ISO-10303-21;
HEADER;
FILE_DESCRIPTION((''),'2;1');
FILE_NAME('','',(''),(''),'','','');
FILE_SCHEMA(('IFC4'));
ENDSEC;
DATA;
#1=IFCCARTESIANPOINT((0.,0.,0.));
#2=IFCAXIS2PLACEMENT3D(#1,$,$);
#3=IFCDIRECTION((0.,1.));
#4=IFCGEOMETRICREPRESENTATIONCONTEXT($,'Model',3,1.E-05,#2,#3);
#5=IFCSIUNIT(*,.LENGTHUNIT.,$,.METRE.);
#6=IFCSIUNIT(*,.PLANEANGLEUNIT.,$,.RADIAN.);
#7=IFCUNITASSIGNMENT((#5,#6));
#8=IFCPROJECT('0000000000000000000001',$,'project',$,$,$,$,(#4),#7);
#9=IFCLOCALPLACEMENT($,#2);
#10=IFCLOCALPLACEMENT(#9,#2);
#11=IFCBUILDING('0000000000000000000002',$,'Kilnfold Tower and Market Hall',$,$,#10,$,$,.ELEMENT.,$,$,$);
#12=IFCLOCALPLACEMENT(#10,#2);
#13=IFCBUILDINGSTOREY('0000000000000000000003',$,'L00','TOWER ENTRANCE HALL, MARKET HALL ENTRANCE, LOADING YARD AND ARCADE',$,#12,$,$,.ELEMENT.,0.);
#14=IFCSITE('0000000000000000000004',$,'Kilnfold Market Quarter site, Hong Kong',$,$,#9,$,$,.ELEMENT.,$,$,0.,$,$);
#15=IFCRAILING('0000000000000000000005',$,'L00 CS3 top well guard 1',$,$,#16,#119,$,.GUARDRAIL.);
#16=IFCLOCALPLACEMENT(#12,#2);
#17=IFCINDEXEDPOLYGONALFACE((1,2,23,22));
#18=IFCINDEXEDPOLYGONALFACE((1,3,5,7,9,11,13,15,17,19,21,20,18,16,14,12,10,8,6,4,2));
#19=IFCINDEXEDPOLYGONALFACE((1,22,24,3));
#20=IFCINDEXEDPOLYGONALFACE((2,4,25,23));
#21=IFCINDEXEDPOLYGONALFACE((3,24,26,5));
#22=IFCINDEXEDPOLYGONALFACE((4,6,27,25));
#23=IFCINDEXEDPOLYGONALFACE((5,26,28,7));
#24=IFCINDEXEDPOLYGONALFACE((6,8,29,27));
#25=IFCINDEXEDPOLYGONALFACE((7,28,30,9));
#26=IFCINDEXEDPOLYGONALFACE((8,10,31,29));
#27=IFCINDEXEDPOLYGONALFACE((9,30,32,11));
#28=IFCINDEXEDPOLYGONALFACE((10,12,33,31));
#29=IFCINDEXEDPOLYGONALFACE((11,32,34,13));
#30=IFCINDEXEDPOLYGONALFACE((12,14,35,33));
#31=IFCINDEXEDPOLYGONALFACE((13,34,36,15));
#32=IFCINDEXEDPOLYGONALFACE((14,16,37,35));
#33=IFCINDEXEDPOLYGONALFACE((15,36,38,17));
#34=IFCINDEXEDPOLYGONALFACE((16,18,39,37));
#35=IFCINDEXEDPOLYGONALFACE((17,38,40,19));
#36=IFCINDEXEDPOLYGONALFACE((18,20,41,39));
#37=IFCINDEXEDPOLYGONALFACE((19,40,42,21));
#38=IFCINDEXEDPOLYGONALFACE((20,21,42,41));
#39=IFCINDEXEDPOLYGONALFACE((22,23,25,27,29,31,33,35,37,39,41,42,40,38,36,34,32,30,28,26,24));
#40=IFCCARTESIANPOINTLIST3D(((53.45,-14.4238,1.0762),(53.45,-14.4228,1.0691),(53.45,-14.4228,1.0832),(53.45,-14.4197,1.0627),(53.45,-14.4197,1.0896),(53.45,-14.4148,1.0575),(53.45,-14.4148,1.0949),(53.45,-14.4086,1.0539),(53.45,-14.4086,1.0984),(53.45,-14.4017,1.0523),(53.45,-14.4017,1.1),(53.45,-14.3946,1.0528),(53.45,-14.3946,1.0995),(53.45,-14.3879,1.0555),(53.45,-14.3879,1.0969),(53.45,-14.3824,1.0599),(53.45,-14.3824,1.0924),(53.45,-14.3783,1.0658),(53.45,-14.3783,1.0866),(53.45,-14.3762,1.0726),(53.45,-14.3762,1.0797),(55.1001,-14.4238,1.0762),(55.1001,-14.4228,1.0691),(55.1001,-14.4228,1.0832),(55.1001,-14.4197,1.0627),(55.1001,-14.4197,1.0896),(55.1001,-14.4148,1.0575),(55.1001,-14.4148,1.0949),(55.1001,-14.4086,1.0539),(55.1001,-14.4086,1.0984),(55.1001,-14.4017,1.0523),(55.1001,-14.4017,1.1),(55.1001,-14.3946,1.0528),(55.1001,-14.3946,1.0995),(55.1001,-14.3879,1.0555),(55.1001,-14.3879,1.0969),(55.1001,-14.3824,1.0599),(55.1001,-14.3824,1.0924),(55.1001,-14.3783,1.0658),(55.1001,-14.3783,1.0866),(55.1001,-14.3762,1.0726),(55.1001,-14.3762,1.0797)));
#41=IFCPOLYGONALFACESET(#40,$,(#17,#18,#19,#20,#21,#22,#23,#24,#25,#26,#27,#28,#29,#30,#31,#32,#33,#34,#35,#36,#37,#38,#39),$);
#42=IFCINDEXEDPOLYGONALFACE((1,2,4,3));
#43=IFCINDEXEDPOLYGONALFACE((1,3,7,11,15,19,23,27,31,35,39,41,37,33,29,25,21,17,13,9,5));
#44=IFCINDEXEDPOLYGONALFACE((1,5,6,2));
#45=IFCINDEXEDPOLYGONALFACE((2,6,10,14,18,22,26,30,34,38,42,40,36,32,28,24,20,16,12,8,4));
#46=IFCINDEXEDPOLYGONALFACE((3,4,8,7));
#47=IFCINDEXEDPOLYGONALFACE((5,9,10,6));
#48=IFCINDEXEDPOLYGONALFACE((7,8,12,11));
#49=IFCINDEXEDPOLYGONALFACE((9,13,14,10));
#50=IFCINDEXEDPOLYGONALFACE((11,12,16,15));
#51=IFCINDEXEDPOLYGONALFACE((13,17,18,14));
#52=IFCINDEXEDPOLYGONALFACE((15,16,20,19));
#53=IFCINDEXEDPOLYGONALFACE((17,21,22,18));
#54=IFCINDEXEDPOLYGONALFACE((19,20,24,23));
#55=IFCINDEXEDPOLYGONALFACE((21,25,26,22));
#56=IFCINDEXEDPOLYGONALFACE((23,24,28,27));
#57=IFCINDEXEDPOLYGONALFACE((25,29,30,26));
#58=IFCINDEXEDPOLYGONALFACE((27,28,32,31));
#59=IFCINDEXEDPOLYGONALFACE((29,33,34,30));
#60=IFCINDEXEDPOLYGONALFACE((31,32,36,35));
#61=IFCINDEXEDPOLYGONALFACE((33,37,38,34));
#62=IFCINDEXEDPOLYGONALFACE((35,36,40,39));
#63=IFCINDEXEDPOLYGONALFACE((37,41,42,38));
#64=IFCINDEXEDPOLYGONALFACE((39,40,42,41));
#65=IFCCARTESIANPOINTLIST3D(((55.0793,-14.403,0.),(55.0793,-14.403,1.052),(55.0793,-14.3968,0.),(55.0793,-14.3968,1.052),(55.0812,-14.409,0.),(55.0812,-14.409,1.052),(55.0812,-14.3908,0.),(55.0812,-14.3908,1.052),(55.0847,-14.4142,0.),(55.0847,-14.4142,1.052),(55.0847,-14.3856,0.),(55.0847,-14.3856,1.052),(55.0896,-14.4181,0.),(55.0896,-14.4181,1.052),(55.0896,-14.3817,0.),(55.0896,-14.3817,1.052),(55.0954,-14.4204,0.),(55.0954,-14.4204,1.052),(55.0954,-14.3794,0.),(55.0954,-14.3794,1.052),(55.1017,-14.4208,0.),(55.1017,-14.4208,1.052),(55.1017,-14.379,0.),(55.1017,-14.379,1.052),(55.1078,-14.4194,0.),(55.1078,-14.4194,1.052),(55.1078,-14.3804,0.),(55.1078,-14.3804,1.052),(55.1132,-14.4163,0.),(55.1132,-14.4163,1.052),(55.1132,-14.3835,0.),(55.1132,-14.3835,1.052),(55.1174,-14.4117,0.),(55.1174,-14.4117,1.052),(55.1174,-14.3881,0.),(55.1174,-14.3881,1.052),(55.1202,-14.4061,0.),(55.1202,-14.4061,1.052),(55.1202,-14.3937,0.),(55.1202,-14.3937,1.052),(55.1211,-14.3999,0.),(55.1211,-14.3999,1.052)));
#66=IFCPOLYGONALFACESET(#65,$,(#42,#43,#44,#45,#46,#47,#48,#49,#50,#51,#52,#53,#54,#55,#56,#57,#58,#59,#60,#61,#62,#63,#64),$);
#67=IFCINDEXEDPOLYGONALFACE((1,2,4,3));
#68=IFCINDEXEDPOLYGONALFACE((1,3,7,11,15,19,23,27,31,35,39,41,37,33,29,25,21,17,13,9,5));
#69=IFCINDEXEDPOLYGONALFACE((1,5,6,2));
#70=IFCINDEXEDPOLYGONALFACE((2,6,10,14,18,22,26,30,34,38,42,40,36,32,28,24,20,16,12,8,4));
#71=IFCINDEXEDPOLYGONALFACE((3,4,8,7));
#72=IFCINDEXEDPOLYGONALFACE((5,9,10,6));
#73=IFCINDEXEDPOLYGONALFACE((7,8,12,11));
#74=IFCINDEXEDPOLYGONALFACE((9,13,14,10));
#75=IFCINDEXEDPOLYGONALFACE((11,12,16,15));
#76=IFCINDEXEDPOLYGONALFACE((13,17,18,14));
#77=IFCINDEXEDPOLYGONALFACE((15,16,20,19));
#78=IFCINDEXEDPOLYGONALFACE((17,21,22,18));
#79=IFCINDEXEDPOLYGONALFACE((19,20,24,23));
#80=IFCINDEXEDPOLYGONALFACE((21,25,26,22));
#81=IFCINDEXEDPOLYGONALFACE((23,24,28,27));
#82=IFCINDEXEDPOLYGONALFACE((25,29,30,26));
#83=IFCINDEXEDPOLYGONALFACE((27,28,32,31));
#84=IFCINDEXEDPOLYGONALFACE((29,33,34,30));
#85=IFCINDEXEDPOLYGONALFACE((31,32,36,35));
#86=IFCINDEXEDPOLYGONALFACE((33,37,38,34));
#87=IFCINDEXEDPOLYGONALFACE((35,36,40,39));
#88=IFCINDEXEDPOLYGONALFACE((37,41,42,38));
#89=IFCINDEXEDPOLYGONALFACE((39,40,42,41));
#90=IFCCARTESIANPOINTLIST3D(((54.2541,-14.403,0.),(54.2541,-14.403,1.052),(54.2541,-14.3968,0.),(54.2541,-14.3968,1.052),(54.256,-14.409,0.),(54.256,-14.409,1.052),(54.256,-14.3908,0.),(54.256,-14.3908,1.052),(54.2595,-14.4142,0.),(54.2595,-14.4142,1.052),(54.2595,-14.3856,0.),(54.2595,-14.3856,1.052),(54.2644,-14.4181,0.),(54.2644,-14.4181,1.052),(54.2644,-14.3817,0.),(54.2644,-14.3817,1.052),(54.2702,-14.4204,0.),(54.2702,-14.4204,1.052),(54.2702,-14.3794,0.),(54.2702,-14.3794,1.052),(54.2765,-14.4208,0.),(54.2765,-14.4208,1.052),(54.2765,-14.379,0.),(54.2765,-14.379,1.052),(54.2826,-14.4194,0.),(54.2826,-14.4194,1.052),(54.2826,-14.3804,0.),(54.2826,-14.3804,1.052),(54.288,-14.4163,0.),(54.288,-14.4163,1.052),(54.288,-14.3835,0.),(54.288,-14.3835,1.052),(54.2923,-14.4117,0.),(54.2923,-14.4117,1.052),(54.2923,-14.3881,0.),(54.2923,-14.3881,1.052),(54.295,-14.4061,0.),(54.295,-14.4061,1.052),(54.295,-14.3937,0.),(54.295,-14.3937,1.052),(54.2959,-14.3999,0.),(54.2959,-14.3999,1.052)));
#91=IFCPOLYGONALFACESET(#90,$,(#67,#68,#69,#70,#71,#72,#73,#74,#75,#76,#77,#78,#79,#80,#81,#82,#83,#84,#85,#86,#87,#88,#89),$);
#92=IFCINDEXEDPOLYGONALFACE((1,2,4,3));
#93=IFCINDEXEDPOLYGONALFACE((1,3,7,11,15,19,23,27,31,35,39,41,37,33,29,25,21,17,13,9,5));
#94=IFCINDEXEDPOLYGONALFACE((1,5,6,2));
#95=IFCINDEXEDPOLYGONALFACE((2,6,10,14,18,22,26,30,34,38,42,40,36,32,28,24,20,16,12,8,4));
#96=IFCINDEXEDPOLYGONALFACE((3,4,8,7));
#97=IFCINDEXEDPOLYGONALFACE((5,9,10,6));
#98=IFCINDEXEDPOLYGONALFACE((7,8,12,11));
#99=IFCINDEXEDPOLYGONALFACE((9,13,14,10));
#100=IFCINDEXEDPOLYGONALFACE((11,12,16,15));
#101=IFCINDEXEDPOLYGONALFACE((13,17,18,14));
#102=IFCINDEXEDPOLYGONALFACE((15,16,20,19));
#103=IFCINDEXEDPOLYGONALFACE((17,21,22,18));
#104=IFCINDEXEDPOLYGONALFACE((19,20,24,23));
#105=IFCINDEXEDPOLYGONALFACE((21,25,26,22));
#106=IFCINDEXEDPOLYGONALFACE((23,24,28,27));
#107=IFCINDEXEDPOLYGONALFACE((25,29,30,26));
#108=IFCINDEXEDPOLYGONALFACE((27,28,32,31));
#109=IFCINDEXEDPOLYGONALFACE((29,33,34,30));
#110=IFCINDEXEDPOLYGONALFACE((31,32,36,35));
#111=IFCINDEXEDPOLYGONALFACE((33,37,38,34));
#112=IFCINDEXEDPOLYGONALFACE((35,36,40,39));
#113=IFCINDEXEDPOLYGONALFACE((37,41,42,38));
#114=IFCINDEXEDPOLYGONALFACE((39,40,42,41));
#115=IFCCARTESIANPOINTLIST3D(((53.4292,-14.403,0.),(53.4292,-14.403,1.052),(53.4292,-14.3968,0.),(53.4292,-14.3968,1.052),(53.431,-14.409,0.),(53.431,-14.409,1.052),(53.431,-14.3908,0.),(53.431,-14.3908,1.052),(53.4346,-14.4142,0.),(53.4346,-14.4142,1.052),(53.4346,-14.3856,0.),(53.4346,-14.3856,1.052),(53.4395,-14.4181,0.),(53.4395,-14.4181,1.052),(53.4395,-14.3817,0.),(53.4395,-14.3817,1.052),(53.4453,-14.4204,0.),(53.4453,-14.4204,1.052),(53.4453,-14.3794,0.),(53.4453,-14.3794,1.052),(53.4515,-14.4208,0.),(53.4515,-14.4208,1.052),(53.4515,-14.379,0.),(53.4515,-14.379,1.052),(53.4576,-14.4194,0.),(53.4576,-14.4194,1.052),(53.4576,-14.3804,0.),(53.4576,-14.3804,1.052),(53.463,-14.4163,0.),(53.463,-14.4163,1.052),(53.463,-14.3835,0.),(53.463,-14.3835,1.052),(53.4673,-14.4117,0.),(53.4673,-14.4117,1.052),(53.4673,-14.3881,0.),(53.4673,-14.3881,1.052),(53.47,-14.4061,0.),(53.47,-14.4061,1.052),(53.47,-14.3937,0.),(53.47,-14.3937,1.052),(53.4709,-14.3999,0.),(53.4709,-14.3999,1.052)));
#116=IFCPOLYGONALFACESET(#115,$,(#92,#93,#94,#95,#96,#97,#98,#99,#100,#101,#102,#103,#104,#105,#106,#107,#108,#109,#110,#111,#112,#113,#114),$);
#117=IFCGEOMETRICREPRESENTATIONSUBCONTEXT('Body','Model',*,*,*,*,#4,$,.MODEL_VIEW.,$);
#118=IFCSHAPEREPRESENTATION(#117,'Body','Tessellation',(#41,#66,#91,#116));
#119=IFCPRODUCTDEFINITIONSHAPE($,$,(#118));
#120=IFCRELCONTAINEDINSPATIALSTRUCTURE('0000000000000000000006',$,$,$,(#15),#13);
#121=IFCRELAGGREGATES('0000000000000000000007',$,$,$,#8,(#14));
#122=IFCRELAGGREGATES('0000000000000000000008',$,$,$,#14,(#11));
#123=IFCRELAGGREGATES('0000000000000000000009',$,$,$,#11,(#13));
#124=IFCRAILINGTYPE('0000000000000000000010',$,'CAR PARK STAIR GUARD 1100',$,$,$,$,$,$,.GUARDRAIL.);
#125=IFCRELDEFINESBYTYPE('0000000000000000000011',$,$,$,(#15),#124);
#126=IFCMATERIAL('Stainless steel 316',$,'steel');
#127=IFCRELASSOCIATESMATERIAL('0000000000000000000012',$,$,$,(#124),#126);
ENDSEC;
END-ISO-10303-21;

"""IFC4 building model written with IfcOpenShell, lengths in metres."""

from ifc_helpers import new_model, si_unit, direction, frame, origin, origin_2d, place, context, subcontext, project, spatial, circle, extrude, material, type_object, element, save


model = new_model("IFC4")

# Units and contexts
model_context = context("Model", 3, precision=1e-05, world=origin(), true_north=direction((0.0, 1.0)))
body_context = subcontext(model_context, "Body", "Model", "MODEL_VIEW")
ifc_project = project(units=[si_unit("LENGTHUNIT", "METRE"), si_unit("PLANEANGLEUNIT", "RADIAN")], contexts=[model_context])

# Site, building, storey
site_placement = place(None, origin())
site = spatial("IfcSite", under=ifc_project, at=site_placement, Name="Kilnfold Market Quarter site, Hong Kong", CompositionType="ELEMENT", RefElevation=0.0)
building_placement = place(site_placement, origin())
building = spatial("IfcBuilding", under=site, at=building_placement, Name="Kilnfold Tower and Market Hall", CompositionType="ELEMENT")
storey_placement = place(building_placement, origin())
storey = spatial("IfcBuildingStorey", under=building, at=storey_placement, Name="L00", Description="TOWER ENTRANCE HALL, MARKET HALL ENTRANCE, LOADING YARD AND ARCADE", CompositionType="ELEMENT", Elevation=0.0)

# Railing
ifc_material_1 = material(Name="Stainless steel 316", Category="steel")
railing_type_1 = type_object("IfcRailingType", Name="CAR PARK STAIR GUARD 1100", PredefinedType="GUARDRAIL", material=ifc_material_1)
railing_1_placement = place(storey_placement, frame((55.1001, -14.3999, 0.0)))
element("IfcRailing", 1, at=railing_1_placement, inside=storey, type_object=railing_type_1, Name="L00 CS3 top well guard 1", PredefinedType="GUARDRAIL", context=body_context, shape_type="SweptSolid", body=[
    extrude(circle(Radius=0.0239, at=origin_2d()), frame((0.0, 0.0, 1.0762), z_axis=(-1.0, 0.0, 0.0), x_axis=(0.0, -1.0, 0.0)), (0.0, 0.0, 1.0), 1.6501),
    extrude(circle(Radius=0.021, at=origin_2d()), origin(), (0.0, 0.0, 1.0), 1.052),
    extrude(circle(Radius=0.021, at=origin_2d()), frame((-0.8252, 0.0, 0.0)), (0.0, 0.0, 1.0), 1.052),
    extrude(circle(Radius=0.021, at=origin_2d()), frame((-1.6501, 0.0, 0.0)), (0.0, 0.0, 1.0), 1.052),
])

save(model, "model.ifc")
